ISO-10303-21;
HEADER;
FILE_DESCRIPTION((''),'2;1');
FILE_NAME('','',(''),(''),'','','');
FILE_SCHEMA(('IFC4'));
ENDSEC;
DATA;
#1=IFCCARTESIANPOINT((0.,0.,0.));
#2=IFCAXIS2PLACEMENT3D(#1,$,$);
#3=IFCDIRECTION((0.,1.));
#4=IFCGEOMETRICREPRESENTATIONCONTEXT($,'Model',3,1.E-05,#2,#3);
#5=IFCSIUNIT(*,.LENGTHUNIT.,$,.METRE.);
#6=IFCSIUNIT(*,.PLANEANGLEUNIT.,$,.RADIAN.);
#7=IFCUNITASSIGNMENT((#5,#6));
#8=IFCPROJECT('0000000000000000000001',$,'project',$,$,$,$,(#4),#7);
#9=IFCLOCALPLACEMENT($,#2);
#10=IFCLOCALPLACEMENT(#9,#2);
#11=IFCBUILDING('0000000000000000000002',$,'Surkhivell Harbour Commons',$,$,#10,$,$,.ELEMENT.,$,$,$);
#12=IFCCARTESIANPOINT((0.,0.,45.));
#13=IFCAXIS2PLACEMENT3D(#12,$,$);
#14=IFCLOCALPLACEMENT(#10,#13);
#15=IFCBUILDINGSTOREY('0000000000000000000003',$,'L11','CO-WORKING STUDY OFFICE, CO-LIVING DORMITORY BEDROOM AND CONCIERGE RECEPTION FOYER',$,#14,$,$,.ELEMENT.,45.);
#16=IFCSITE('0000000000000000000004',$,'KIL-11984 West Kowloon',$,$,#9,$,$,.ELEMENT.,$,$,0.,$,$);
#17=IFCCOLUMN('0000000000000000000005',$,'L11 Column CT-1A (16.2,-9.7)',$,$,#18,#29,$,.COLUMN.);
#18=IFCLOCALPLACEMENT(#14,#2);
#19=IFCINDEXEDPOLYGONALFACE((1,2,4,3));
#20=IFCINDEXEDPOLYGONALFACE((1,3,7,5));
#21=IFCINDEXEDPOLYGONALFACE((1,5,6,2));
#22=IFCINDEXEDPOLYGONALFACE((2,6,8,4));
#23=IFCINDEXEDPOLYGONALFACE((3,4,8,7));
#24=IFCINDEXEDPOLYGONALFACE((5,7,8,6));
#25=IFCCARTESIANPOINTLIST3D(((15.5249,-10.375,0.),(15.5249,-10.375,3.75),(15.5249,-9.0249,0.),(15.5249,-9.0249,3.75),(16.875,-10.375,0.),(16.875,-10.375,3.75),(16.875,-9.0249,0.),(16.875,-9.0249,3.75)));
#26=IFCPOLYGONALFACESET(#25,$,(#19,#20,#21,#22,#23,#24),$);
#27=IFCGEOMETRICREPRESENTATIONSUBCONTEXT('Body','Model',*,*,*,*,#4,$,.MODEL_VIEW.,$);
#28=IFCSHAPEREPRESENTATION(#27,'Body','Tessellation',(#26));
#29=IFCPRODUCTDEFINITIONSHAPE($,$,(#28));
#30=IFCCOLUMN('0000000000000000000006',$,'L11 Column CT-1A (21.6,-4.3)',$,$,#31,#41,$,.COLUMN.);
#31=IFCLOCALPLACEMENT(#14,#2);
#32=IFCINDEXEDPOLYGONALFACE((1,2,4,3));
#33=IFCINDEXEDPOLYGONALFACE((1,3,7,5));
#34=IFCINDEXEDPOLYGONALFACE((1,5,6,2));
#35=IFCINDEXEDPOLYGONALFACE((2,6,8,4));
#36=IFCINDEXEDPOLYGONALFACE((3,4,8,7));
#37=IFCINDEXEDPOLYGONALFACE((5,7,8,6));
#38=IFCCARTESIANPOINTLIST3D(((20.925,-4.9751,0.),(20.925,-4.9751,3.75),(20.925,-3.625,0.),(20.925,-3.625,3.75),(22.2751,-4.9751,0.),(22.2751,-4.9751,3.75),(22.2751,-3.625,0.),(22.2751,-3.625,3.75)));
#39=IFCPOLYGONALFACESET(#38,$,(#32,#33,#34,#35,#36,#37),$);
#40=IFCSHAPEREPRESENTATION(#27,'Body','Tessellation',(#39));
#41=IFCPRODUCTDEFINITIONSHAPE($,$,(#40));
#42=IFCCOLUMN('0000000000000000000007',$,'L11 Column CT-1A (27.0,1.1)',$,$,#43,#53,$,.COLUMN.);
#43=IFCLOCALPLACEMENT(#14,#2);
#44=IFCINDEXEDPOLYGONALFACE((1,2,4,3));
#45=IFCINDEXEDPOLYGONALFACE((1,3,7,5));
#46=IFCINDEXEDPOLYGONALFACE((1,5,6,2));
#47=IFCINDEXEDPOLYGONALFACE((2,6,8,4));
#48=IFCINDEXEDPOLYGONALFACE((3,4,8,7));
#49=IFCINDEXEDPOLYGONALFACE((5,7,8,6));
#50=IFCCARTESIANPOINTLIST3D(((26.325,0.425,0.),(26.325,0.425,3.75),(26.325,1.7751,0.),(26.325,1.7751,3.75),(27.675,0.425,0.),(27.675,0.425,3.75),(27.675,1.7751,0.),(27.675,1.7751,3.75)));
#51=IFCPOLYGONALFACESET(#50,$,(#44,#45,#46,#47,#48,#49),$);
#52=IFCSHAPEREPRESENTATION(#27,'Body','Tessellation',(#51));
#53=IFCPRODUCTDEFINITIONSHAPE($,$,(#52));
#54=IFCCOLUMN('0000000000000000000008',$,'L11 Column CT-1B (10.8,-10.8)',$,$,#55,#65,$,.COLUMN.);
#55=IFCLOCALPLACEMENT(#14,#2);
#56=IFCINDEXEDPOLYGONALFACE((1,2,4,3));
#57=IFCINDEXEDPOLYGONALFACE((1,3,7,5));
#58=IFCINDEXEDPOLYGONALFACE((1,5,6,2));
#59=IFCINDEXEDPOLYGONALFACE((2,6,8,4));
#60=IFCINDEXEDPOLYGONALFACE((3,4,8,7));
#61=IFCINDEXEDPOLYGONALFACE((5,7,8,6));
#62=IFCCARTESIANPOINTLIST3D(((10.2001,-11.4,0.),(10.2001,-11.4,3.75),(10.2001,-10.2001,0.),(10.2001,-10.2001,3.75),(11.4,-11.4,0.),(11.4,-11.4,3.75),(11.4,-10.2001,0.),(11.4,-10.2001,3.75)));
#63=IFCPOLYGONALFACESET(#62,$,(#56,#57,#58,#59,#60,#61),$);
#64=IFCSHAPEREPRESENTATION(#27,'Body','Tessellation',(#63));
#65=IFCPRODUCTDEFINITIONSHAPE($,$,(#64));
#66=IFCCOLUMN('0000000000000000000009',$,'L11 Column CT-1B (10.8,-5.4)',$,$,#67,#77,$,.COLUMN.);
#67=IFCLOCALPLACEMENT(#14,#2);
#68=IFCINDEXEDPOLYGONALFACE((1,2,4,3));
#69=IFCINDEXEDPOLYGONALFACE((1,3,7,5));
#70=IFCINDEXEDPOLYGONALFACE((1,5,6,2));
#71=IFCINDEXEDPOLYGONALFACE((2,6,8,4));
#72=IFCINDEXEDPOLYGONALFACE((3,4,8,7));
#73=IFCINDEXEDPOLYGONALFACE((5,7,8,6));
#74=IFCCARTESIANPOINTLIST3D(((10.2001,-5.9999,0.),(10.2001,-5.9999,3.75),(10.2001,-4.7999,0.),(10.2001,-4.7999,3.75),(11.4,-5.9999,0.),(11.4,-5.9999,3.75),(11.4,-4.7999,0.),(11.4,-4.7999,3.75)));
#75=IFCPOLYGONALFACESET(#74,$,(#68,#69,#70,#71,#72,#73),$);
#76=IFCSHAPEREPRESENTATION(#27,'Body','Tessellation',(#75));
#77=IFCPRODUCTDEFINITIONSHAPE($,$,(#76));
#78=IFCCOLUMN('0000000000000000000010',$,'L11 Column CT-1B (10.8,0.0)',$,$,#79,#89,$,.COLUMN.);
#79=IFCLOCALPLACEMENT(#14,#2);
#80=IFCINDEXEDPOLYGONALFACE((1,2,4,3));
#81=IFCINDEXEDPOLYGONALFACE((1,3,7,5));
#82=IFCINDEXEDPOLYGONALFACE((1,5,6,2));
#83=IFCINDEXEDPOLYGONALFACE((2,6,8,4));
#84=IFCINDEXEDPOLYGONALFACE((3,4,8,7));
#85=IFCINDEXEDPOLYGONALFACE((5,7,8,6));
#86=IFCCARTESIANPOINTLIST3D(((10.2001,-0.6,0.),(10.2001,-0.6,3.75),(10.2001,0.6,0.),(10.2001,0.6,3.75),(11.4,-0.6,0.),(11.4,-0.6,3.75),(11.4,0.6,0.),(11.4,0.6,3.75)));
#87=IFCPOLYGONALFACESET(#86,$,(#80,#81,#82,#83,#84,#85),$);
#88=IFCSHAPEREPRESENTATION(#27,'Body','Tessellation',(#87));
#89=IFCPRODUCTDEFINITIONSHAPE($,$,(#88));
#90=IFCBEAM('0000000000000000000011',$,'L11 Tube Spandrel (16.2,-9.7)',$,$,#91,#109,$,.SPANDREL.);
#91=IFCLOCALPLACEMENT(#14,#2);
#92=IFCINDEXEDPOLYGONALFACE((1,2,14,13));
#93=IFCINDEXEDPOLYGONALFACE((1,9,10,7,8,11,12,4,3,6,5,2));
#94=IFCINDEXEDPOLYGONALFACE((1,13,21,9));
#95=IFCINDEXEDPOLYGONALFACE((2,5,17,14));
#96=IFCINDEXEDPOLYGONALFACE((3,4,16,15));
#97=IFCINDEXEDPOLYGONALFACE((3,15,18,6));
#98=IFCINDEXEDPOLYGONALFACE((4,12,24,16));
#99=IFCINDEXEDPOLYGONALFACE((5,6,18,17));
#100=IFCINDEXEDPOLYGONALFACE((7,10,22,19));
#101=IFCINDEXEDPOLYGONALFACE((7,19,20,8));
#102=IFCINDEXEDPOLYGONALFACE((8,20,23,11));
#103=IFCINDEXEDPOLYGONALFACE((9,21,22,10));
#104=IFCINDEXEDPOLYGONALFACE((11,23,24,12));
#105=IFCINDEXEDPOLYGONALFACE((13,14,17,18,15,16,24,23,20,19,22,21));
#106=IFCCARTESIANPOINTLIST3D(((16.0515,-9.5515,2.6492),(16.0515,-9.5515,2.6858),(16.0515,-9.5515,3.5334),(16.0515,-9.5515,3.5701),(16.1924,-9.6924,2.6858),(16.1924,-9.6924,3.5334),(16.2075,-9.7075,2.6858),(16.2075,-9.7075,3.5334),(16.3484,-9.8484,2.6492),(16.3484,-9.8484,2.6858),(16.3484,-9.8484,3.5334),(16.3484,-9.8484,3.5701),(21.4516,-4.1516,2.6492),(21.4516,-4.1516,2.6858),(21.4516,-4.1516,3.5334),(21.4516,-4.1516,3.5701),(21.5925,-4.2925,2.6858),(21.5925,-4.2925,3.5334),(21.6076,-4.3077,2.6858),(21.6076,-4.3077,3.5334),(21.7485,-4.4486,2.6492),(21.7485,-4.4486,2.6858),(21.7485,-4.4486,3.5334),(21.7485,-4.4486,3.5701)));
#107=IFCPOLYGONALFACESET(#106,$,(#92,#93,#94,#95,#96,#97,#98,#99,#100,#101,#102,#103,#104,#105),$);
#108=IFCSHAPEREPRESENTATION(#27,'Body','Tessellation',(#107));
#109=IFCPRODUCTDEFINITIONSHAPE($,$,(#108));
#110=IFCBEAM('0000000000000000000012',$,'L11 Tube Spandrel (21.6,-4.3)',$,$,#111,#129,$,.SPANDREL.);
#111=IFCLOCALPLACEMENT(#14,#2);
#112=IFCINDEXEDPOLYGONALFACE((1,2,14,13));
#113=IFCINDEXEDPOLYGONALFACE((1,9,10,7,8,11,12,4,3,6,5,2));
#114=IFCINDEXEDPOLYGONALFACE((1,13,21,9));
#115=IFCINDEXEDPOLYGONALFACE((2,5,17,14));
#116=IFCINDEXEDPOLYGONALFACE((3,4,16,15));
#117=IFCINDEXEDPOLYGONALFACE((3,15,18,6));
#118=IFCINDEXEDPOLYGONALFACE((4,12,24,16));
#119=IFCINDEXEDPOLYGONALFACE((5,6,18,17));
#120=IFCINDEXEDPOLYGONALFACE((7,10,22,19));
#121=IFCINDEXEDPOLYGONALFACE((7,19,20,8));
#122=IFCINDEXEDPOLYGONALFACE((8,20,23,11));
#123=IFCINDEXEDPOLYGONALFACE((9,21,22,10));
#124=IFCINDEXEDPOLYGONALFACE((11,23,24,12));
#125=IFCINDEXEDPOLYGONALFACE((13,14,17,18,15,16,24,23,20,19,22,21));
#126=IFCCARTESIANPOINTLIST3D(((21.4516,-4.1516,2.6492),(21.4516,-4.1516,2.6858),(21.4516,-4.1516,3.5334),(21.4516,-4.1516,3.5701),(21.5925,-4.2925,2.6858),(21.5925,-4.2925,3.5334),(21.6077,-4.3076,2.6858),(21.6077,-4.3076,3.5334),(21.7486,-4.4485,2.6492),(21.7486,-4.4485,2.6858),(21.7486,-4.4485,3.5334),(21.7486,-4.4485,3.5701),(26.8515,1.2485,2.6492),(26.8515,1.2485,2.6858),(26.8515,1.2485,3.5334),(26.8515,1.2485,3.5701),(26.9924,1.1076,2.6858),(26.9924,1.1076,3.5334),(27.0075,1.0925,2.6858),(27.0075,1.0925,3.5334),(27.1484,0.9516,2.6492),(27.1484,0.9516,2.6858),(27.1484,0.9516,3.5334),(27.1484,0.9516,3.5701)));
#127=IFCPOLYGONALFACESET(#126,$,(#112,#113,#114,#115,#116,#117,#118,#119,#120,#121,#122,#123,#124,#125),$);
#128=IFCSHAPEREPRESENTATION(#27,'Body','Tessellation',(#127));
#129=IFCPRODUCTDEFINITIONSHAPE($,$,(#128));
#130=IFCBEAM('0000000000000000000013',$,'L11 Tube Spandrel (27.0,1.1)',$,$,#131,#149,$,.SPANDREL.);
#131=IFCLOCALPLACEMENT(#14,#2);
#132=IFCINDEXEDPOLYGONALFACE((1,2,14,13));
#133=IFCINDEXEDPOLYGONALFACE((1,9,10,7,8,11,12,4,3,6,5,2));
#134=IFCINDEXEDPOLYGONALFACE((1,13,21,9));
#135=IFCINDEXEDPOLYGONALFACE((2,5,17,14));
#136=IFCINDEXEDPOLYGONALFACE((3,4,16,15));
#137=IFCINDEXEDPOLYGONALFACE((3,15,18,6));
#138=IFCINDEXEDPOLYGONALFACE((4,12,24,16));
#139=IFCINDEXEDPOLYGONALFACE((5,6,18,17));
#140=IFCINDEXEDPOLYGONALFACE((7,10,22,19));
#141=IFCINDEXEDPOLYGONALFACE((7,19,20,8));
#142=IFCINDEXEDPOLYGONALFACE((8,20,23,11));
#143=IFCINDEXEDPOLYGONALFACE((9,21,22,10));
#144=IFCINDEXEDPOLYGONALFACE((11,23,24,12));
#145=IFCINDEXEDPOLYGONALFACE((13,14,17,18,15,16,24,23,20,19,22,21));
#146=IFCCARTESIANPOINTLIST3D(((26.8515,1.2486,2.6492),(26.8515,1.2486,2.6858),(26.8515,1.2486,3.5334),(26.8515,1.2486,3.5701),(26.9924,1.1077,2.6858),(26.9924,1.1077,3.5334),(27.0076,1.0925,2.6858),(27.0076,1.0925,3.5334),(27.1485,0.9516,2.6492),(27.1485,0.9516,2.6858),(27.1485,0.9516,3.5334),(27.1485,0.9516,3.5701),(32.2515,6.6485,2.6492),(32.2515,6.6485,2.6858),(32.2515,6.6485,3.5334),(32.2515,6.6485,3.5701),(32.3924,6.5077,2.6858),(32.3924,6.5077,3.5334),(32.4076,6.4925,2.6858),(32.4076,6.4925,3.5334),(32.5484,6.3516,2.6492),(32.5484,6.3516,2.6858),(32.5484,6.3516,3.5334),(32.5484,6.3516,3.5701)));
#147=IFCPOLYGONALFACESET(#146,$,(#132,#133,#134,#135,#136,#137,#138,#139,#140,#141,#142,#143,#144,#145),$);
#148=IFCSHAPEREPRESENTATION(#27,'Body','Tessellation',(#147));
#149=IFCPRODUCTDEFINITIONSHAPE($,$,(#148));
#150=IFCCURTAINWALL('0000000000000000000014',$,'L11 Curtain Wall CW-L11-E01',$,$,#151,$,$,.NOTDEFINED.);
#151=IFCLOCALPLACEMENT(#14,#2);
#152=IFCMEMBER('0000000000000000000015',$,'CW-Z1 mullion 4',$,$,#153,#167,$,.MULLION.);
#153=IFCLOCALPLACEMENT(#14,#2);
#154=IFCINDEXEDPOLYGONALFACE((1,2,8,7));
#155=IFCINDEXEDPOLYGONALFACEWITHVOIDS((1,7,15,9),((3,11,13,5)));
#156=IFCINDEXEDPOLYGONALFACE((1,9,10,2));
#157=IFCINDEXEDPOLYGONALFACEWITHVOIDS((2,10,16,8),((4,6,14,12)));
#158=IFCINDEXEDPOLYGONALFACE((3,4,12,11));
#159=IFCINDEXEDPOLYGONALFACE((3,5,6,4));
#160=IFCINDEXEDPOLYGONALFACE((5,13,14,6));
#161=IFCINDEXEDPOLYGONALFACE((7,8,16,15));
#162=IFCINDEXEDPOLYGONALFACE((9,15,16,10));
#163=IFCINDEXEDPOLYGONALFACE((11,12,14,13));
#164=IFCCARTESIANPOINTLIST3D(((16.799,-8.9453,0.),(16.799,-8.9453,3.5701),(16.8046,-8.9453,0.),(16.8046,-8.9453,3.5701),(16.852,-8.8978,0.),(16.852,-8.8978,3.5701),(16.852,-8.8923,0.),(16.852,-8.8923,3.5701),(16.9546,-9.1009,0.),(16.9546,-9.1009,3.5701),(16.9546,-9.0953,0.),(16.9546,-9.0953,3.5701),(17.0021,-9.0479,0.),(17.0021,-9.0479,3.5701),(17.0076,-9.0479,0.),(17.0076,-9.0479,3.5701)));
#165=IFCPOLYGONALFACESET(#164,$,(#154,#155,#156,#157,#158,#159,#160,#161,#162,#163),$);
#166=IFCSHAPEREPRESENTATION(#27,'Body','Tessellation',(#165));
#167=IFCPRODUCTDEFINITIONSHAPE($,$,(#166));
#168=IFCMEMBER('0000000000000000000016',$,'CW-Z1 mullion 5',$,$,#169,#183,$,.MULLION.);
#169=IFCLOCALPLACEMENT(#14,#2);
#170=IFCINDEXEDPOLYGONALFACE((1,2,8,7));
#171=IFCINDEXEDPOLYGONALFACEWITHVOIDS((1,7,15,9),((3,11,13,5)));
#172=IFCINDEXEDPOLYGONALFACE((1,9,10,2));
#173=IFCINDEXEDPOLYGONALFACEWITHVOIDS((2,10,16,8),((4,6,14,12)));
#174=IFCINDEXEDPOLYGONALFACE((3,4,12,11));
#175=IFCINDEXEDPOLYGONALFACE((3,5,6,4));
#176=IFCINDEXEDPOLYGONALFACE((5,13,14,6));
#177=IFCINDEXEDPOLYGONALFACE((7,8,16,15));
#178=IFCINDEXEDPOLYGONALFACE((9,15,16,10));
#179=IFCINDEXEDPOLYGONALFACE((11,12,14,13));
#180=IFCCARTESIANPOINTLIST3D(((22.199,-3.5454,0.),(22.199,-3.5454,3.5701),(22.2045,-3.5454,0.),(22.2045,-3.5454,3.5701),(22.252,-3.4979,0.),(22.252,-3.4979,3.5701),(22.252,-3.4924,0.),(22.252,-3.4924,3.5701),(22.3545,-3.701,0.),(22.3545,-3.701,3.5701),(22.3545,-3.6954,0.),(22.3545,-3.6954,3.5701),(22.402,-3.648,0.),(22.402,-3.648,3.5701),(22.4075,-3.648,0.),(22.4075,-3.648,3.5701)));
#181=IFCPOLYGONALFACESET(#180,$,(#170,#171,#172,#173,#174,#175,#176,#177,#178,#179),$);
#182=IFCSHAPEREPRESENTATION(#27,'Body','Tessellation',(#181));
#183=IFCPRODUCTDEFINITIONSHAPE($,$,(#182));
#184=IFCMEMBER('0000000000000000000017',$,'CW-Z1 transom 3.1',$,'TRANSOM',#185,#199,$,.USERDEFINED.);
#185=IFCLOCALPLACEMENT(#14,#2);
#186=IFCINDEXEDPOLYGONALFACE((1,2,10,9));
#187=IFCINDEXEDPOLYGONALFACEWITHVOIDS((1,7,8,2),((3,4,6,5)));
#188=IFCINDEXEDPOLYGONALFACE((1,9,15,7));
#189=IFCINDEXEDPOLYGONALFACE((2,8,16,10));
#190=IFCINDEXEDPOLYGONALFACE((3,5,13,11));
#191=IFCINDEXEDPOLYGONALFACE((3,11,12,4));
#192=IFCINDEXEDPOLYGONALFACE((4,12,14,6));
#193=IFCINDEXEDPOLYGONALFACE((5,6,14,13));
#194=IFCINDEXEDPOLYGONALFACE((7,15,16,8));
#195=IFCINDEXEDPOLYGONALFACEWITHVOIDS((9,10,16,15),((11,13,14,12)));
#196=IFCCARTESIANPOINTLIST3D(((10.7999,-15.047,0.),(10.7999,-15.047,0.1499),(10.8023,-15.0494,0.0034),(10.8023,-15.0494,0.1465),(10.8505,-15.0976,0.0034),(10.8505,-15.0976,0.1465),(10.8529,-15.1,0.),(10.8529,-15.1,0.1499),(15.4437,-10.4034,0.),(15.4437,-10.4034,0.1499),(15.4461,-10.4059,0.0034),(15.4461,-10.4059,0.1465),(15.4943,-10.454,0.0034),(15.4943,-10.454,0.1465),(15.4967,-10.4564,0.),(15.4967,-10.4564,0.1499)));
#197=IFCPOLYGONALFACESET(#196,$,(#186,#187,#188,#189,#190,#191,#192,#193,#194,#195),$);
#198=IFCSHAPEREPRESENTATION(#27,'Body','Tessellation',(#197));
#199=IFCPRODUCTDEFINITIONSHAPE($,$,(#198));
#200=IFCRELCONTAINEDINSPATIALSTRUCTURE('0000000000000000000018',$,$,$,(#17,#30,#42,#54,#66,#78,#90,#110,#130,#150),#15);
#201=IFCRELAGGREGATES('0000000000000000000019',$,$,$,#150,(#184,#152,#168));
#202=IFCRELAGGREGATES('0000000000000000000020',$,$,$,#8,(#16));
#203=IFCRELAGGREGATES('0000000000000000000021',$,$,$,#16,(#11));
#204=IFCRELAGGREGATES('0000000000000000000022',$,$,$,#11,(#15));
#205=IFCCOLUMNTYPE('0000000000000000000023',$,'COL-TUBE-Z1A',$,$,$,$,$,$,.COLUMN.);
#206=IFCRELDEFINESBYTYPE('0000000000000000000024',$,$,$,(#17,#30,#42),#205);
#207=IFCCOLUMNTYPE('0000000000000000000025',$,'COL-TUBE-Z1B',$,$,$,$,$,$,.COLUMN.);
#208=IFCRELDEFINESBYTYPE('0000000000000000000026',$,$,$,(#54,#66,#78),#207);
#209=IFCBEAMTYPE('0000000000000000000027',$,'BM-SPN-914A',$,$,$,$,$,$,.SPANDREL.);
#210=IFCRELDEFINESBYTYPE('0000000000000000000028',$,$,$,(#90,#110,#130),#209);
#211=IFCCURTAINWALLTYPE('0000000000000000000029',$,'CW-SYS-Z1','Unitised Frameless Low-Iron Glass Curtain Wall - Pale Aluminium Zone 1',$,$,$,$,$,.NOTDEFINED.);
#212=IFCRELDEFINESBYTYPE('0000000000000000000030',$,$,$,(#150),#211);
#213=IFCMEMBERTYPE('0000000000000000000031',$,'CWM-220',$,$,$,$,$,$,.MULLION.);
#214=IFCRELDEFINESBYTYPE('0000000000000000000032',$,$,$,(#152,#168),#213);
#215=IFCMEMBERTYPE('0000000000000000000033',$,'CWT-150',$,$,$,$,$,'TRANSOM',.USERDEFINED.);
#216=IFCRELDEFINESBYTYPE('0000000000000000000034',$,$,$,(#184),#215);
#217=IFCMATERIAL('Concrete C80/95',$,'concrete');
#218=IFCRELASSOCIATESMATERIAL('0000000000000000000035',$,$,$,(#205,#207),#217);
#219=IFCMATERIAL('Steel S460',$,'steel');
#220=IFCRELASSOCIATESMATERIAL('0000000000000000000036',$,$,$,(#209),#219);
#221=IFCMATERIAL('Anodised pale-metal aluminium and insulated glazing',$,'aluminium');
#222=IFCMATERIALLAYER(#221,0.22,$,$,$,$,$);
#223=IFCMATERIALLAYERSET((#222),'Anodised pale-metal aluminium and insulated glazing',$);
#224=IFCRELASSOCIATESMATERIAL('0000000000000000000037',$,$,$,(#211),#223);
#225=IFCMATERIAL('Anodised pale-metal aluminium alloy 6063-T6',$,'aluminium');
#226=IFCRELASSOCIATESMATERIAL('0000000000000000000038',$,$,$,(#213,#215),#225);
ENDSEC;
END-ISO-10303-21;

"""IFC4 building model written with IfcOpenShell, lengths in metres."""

from ifc_helpers import new_model, si_unit, direction, frame, origin, origin_2d, place, context, subcontext, project, spatial, rectangle, hollow_rectangle, i_section, extrude, material, layer, layer_set, material_profile, profile_set, type_object, element, aggregate, save


model = new_model("IFC4")

# Units and contexts
model_context = context("Model", 3, precision=1e-05, world=origin(), true_north=direction((0.0, 1.0)))
body_context = subcontext(model_context, "Body", "Model", "MODEL_VIEW")
ifc_project = project(units=[si_unit("LENGTHUNIT", "METRE"), si_unit("PLANEANGLEUNIT", "RADIAN")], contexts=[model_context])

# Site, building, storey
site_placement = place(None, origin())
site = spatial("IfcSite", under=ifc_project, at=site_placement, Name="KIL-11984 West Kowloon", CompositionType="ELEMENT", RefElevation=0.0)
building_placement = place(site_placement, origin())
building = spatial("IfcBuilding", under=site, at=building_placement, Name="Surkhivell Harbour Commons", CompositionType="ELEMENT")
storey_placement = place(building_placement, frame((0.0, 0.0, 45.0)))
storey = spatial("IfcBuildingStorey", under=building, at=storey_placement, Name="L11", Description="CO-WORKING STUDY OFFICE, CO-LIVING DORMITORY BEDROOM AND CONCIERGE RECEPTION FOYER", CompositionType="ELEMENT", Elevation=45.0)

# Columns
ifc_material_1 = material(Name="Concrete C80/95", Category="concrete")
ifc_material_profile_1 = material_profile(ifc_material_1, rectangle(XDim=1.3501, YDim=1.3501, at=origin_2d()), Name="RC-COL-1350x1350")
ifc_profile_set_1 = profile_set([ifc_material_profile_1], Name="Concrete C80/95")
column_type_1 = type_object("IfcColumnType", Name="COL-TUBE-Z1A", PredefinedType="COLUMN", material=ifc_profile_set_1)
for number, where, z_axis, x_axis, name in (
    (1, (16.2, -9.7, 0.0), (0.0, 0.0, 1.0), (1.0, 0.0, 0.0), "L11 Column CT-1A (16.2,-9.7)"),
    (2, (21.6001, -4.3, 0.0), (0.0, 0.0, 1.0), (1.0, 0.0, 0.0), "L11 Column CT-1A (21.6,-4.3)"),
    (3, (27.0, 1.1001, 0.0), (0.0, 0.0, 1.0), (1.0, 0.0, 0.0), "L11 Column CT-1A (27.0,1.1)"),
):
    element("IfcColumn", number, at=place(storey_placement, frame(where, z_axis=z_axis, x_axis=x_axis)), inside=storey, type_object=column_type_1, Name=name, PredefinedType="COLUMN", context=body_context, shape_type="SweptSolid", body=[
        extrude(rectangle(XDim=1.3501, YDim=1.3501, at=origin_2d()), origin(), (0.0, 0.0, 1.0), 3.75),
    ])
ifc_material_profile_2 = material_profile(ifc_material_1, rectangle(XDim=1.2, YDim=1.2, at=origin_2d()), Name="RC-COL-1200x1200")
ifc_profile_set_2 = profile_set([ifc_material_profile_2], Name="Concrete C80/95")
column_type_2 = type_object("IfcColumnType", Name="COL-TUBE-Z1B", PredefinedType="COLUMN", material=ifc_profile_set_2)
for number, where, z_axis, x_axis, name in (
    (4, (10.8, -10.8, 0.0), (0.0, 0.0, 1.0), (1.0, 0.0, 0.0), "L11 Column CT-1B (10.8,-10.8)"),
    (5, (10.8, -5.3999, 0.0), (0.0, 0.0, 1.0), (1.0, 0.0, 0.0), "L11 Column CT-1B (10.8,-5.4)"),
    (6, (10.8, 0.0, 0.0), (0.0, 0.0, 1.0), (1.0, 0.0, 0.0), "L11 Column CT-1B (10.8,0.0)"),
):
    element("IfcColumn", number, at=place(storey_placement, frame(where, z_axis=z_axis, x_axis=x_axis)), inside=storey, type_object=column_type_2, Name=name, PredefinedType="COLUMN", context=body_context, shape_type="SweptSolid", body=[
        extrude(rectangle(XDim=1.2, YDim=1.2, at=origin_2d()), origin(), (0.0, 0.0, 1.0), 3.75),
    ])

# Beams
ifc_material_2 = material(Name="Steel S460", Category="steel")
ifc_material_profile_3 = material_profile(ifc_material_2, i_section(OverallWidth=0.4199, OverallDepth=0.9209, WebThickness=0.0215, FlangeThickness=0.0366, at=origin_2d()), Name="UB914x419x388")
ifc_profile_set_3 = profile_set([ifc_material_profile_3], Name="Steel S460")
beam_type = type_object("IfcBeamType", Name="BM-SPN-914A", PredefinedType="SPANDREL", material=ifc_profile_set_3)
for number, where, z_axis, x_axis, name in (
    (7, (16.2, -9.7, 3.1096), (0.707123, 0.707091, 0.0), (-0.707091, 0.707123, 0.0), "L11 Tube Spandrel (16.2,-9.7)"),
    (8, (21.6001, -4.3, 3.1096), (0.707091, 0.707123, 0.0), (-0.707123, 0.707091, 0.0), "L11 Tube Spandrel (21.6,-4.3)"),
    (9, (27.0, 1.1001, 3.1096), (0.707107, 0.707107, 0.0), (-0.707107, 0.707107, 0.0), "L11 Tube Spandrel (27.0,1.1)"),
):
    element("IfcBeam", number, at=place(storey_placement, frame(where, z_axis=z_axis, x_axis=x_axis)), inside=storey, type_object=beam_type, Name=name, PredefinedType="SPANDREL", context=body_context, shape_type="SweptSolid", body=[
        extrude(i_section(OverallWidth=0.4199, OverallDepth=0.9209, WebThickness=0.0215, FlangeThickness=0.0366, at=origin_2d()), origin(), (0.0, 0.0, 1.0), 7.6367),
    ])

# Curtain wall, members
ifc_material_3 = material(Name="Anodised pale-metal aluminium and insulated glazing", Category="aluminium")
ifc_layer_1 = layer(ifc_material_3, 0.22)
ifc_layer_set_1 = layer_set([ifc_layer_1], Name="Anodised pale-metal aluminium and insulated glazing")
curtain_wall_type = type_object("IfcCurtainWallType", Name="CW-SYS-Z1", Description="Unitised Frameless Low-Iron Glass Curtain Wall - Pale Aluminium Zone 1", PredefinedType="NOTDEFINED", material=ifc_layer_set_1)
curtain_wall_placement = place(storey_placement, origin())
curtain_wall = element("IfcCurtainWall", 10, at=curtain_wall_placement, inside=storey, type_object=curtain_wall_type, Name="L11 Curtain Wall CW-L11-E01", PredefinedType="NOTDEFINED")
ifc_material_4 = material(Name="Anodised pale-metal aluminium alloy 6063-T6", Category="aluminium")
ifc_material_profile_4 = material_profile(ifc_material_4, hollow_rectangle(XDim=0.075, YDim=0.22, WallThickness=0.0039, at=origin_2d()), Name="ALU-MULL-75x220")
ifc_profile_set_4 = profile_set([ifc_material_profile_4], Name="Anodised pale-metal aluminium alloy 6063-T6")
member_type_1 = type_object("IfcMemberType", Name="CWM-220", PredefinedType="MULLION", material=ifc_profile_set_4)
member_1_placement = place(storey_placement, frame((16.9033, -8.9966, 0.0), z_axis=(0.0, 0.0, 1.0), x_axis=(0.707107, 0.707107, 0.0)))
member_1 = element("IfcMember", 11, at=member_1_placement, type_object=member_type_1, Name="CW-Z1 mullion 4", PredefinedType="MULLION", context=body_context, shape_type="SweptSolid", body=[
    extrude(hollow_rectangle(XDim=0.075, YDim=0.22, WallThickness=0.0039, at=origin_2d()), origin(), (0.0, 0.0, 1.0), 3.5701),
])
member_2_placement = place(storey_placement, frame((22.3032, -3.5967, 0.0), z_axis=(0.0, 0.0, 1.0), x_axis=(0.707107, 0.707107, 0.0)))
member_2 = element("IfcMember", 12, at=member_2_placement, type_object=member_type_1, Name="CW-Z1 mullion 5", PredefinedType="MULLION", context=body_context, shape_type="SweptSolid", body=[
    extrude(hollow_rectangle(XDim=0.075, YDim=0.22, WallThickness=0.0039, at=origin_2d()), origin(), (0.0, 0.0, 1.0), 3.5701),
])
ifc_material_profile_5 = material_profile(ifc_material_4, hollow_rectangle(XDim=0.075, YDim=0.1499, WallThickness=0.0034, at=origin_2d()), Name="ALU-TRAN-75x150")
ifc_profile_set_5 = profile_set([ifc_material_profile_5], Name="Anodised pale-metal aluminium alloy 6063-T6")
member_type_2 = type_object("IfcMemberType", Name="CWT-150", ElementType="TRANSOM", PredefinedType="USERDEFINED", material=ifc_profile_set_5)
member_3_placement = place(storey_placement, frame((10.8264, -15.0735, 0.075), z_axis=(0.707125, 0.707088, 0.0), x_axis=(-0.707088, 0.707125, 0.0)))
member_3 = element("IfcMember", 13, at=member_3_placement, type_object=member_type_2, Name="CW-Z1 transom 3.1", ObjectType="TRANSOM", PredefinedType="USERDEFINED", context=body_context, shape_type="SweptSolid", body=[
    extrude(hollow_rectangle(XDim=0.075, YDim=0.1499, WallThickness=0.0034, at=origin_2d()), origin(), (0.0, 0.0, 1.0), 6.5671),
])
aggregate(curtain_wall, [member_3, member_1, member_2])

save(model, "model.ifc")
